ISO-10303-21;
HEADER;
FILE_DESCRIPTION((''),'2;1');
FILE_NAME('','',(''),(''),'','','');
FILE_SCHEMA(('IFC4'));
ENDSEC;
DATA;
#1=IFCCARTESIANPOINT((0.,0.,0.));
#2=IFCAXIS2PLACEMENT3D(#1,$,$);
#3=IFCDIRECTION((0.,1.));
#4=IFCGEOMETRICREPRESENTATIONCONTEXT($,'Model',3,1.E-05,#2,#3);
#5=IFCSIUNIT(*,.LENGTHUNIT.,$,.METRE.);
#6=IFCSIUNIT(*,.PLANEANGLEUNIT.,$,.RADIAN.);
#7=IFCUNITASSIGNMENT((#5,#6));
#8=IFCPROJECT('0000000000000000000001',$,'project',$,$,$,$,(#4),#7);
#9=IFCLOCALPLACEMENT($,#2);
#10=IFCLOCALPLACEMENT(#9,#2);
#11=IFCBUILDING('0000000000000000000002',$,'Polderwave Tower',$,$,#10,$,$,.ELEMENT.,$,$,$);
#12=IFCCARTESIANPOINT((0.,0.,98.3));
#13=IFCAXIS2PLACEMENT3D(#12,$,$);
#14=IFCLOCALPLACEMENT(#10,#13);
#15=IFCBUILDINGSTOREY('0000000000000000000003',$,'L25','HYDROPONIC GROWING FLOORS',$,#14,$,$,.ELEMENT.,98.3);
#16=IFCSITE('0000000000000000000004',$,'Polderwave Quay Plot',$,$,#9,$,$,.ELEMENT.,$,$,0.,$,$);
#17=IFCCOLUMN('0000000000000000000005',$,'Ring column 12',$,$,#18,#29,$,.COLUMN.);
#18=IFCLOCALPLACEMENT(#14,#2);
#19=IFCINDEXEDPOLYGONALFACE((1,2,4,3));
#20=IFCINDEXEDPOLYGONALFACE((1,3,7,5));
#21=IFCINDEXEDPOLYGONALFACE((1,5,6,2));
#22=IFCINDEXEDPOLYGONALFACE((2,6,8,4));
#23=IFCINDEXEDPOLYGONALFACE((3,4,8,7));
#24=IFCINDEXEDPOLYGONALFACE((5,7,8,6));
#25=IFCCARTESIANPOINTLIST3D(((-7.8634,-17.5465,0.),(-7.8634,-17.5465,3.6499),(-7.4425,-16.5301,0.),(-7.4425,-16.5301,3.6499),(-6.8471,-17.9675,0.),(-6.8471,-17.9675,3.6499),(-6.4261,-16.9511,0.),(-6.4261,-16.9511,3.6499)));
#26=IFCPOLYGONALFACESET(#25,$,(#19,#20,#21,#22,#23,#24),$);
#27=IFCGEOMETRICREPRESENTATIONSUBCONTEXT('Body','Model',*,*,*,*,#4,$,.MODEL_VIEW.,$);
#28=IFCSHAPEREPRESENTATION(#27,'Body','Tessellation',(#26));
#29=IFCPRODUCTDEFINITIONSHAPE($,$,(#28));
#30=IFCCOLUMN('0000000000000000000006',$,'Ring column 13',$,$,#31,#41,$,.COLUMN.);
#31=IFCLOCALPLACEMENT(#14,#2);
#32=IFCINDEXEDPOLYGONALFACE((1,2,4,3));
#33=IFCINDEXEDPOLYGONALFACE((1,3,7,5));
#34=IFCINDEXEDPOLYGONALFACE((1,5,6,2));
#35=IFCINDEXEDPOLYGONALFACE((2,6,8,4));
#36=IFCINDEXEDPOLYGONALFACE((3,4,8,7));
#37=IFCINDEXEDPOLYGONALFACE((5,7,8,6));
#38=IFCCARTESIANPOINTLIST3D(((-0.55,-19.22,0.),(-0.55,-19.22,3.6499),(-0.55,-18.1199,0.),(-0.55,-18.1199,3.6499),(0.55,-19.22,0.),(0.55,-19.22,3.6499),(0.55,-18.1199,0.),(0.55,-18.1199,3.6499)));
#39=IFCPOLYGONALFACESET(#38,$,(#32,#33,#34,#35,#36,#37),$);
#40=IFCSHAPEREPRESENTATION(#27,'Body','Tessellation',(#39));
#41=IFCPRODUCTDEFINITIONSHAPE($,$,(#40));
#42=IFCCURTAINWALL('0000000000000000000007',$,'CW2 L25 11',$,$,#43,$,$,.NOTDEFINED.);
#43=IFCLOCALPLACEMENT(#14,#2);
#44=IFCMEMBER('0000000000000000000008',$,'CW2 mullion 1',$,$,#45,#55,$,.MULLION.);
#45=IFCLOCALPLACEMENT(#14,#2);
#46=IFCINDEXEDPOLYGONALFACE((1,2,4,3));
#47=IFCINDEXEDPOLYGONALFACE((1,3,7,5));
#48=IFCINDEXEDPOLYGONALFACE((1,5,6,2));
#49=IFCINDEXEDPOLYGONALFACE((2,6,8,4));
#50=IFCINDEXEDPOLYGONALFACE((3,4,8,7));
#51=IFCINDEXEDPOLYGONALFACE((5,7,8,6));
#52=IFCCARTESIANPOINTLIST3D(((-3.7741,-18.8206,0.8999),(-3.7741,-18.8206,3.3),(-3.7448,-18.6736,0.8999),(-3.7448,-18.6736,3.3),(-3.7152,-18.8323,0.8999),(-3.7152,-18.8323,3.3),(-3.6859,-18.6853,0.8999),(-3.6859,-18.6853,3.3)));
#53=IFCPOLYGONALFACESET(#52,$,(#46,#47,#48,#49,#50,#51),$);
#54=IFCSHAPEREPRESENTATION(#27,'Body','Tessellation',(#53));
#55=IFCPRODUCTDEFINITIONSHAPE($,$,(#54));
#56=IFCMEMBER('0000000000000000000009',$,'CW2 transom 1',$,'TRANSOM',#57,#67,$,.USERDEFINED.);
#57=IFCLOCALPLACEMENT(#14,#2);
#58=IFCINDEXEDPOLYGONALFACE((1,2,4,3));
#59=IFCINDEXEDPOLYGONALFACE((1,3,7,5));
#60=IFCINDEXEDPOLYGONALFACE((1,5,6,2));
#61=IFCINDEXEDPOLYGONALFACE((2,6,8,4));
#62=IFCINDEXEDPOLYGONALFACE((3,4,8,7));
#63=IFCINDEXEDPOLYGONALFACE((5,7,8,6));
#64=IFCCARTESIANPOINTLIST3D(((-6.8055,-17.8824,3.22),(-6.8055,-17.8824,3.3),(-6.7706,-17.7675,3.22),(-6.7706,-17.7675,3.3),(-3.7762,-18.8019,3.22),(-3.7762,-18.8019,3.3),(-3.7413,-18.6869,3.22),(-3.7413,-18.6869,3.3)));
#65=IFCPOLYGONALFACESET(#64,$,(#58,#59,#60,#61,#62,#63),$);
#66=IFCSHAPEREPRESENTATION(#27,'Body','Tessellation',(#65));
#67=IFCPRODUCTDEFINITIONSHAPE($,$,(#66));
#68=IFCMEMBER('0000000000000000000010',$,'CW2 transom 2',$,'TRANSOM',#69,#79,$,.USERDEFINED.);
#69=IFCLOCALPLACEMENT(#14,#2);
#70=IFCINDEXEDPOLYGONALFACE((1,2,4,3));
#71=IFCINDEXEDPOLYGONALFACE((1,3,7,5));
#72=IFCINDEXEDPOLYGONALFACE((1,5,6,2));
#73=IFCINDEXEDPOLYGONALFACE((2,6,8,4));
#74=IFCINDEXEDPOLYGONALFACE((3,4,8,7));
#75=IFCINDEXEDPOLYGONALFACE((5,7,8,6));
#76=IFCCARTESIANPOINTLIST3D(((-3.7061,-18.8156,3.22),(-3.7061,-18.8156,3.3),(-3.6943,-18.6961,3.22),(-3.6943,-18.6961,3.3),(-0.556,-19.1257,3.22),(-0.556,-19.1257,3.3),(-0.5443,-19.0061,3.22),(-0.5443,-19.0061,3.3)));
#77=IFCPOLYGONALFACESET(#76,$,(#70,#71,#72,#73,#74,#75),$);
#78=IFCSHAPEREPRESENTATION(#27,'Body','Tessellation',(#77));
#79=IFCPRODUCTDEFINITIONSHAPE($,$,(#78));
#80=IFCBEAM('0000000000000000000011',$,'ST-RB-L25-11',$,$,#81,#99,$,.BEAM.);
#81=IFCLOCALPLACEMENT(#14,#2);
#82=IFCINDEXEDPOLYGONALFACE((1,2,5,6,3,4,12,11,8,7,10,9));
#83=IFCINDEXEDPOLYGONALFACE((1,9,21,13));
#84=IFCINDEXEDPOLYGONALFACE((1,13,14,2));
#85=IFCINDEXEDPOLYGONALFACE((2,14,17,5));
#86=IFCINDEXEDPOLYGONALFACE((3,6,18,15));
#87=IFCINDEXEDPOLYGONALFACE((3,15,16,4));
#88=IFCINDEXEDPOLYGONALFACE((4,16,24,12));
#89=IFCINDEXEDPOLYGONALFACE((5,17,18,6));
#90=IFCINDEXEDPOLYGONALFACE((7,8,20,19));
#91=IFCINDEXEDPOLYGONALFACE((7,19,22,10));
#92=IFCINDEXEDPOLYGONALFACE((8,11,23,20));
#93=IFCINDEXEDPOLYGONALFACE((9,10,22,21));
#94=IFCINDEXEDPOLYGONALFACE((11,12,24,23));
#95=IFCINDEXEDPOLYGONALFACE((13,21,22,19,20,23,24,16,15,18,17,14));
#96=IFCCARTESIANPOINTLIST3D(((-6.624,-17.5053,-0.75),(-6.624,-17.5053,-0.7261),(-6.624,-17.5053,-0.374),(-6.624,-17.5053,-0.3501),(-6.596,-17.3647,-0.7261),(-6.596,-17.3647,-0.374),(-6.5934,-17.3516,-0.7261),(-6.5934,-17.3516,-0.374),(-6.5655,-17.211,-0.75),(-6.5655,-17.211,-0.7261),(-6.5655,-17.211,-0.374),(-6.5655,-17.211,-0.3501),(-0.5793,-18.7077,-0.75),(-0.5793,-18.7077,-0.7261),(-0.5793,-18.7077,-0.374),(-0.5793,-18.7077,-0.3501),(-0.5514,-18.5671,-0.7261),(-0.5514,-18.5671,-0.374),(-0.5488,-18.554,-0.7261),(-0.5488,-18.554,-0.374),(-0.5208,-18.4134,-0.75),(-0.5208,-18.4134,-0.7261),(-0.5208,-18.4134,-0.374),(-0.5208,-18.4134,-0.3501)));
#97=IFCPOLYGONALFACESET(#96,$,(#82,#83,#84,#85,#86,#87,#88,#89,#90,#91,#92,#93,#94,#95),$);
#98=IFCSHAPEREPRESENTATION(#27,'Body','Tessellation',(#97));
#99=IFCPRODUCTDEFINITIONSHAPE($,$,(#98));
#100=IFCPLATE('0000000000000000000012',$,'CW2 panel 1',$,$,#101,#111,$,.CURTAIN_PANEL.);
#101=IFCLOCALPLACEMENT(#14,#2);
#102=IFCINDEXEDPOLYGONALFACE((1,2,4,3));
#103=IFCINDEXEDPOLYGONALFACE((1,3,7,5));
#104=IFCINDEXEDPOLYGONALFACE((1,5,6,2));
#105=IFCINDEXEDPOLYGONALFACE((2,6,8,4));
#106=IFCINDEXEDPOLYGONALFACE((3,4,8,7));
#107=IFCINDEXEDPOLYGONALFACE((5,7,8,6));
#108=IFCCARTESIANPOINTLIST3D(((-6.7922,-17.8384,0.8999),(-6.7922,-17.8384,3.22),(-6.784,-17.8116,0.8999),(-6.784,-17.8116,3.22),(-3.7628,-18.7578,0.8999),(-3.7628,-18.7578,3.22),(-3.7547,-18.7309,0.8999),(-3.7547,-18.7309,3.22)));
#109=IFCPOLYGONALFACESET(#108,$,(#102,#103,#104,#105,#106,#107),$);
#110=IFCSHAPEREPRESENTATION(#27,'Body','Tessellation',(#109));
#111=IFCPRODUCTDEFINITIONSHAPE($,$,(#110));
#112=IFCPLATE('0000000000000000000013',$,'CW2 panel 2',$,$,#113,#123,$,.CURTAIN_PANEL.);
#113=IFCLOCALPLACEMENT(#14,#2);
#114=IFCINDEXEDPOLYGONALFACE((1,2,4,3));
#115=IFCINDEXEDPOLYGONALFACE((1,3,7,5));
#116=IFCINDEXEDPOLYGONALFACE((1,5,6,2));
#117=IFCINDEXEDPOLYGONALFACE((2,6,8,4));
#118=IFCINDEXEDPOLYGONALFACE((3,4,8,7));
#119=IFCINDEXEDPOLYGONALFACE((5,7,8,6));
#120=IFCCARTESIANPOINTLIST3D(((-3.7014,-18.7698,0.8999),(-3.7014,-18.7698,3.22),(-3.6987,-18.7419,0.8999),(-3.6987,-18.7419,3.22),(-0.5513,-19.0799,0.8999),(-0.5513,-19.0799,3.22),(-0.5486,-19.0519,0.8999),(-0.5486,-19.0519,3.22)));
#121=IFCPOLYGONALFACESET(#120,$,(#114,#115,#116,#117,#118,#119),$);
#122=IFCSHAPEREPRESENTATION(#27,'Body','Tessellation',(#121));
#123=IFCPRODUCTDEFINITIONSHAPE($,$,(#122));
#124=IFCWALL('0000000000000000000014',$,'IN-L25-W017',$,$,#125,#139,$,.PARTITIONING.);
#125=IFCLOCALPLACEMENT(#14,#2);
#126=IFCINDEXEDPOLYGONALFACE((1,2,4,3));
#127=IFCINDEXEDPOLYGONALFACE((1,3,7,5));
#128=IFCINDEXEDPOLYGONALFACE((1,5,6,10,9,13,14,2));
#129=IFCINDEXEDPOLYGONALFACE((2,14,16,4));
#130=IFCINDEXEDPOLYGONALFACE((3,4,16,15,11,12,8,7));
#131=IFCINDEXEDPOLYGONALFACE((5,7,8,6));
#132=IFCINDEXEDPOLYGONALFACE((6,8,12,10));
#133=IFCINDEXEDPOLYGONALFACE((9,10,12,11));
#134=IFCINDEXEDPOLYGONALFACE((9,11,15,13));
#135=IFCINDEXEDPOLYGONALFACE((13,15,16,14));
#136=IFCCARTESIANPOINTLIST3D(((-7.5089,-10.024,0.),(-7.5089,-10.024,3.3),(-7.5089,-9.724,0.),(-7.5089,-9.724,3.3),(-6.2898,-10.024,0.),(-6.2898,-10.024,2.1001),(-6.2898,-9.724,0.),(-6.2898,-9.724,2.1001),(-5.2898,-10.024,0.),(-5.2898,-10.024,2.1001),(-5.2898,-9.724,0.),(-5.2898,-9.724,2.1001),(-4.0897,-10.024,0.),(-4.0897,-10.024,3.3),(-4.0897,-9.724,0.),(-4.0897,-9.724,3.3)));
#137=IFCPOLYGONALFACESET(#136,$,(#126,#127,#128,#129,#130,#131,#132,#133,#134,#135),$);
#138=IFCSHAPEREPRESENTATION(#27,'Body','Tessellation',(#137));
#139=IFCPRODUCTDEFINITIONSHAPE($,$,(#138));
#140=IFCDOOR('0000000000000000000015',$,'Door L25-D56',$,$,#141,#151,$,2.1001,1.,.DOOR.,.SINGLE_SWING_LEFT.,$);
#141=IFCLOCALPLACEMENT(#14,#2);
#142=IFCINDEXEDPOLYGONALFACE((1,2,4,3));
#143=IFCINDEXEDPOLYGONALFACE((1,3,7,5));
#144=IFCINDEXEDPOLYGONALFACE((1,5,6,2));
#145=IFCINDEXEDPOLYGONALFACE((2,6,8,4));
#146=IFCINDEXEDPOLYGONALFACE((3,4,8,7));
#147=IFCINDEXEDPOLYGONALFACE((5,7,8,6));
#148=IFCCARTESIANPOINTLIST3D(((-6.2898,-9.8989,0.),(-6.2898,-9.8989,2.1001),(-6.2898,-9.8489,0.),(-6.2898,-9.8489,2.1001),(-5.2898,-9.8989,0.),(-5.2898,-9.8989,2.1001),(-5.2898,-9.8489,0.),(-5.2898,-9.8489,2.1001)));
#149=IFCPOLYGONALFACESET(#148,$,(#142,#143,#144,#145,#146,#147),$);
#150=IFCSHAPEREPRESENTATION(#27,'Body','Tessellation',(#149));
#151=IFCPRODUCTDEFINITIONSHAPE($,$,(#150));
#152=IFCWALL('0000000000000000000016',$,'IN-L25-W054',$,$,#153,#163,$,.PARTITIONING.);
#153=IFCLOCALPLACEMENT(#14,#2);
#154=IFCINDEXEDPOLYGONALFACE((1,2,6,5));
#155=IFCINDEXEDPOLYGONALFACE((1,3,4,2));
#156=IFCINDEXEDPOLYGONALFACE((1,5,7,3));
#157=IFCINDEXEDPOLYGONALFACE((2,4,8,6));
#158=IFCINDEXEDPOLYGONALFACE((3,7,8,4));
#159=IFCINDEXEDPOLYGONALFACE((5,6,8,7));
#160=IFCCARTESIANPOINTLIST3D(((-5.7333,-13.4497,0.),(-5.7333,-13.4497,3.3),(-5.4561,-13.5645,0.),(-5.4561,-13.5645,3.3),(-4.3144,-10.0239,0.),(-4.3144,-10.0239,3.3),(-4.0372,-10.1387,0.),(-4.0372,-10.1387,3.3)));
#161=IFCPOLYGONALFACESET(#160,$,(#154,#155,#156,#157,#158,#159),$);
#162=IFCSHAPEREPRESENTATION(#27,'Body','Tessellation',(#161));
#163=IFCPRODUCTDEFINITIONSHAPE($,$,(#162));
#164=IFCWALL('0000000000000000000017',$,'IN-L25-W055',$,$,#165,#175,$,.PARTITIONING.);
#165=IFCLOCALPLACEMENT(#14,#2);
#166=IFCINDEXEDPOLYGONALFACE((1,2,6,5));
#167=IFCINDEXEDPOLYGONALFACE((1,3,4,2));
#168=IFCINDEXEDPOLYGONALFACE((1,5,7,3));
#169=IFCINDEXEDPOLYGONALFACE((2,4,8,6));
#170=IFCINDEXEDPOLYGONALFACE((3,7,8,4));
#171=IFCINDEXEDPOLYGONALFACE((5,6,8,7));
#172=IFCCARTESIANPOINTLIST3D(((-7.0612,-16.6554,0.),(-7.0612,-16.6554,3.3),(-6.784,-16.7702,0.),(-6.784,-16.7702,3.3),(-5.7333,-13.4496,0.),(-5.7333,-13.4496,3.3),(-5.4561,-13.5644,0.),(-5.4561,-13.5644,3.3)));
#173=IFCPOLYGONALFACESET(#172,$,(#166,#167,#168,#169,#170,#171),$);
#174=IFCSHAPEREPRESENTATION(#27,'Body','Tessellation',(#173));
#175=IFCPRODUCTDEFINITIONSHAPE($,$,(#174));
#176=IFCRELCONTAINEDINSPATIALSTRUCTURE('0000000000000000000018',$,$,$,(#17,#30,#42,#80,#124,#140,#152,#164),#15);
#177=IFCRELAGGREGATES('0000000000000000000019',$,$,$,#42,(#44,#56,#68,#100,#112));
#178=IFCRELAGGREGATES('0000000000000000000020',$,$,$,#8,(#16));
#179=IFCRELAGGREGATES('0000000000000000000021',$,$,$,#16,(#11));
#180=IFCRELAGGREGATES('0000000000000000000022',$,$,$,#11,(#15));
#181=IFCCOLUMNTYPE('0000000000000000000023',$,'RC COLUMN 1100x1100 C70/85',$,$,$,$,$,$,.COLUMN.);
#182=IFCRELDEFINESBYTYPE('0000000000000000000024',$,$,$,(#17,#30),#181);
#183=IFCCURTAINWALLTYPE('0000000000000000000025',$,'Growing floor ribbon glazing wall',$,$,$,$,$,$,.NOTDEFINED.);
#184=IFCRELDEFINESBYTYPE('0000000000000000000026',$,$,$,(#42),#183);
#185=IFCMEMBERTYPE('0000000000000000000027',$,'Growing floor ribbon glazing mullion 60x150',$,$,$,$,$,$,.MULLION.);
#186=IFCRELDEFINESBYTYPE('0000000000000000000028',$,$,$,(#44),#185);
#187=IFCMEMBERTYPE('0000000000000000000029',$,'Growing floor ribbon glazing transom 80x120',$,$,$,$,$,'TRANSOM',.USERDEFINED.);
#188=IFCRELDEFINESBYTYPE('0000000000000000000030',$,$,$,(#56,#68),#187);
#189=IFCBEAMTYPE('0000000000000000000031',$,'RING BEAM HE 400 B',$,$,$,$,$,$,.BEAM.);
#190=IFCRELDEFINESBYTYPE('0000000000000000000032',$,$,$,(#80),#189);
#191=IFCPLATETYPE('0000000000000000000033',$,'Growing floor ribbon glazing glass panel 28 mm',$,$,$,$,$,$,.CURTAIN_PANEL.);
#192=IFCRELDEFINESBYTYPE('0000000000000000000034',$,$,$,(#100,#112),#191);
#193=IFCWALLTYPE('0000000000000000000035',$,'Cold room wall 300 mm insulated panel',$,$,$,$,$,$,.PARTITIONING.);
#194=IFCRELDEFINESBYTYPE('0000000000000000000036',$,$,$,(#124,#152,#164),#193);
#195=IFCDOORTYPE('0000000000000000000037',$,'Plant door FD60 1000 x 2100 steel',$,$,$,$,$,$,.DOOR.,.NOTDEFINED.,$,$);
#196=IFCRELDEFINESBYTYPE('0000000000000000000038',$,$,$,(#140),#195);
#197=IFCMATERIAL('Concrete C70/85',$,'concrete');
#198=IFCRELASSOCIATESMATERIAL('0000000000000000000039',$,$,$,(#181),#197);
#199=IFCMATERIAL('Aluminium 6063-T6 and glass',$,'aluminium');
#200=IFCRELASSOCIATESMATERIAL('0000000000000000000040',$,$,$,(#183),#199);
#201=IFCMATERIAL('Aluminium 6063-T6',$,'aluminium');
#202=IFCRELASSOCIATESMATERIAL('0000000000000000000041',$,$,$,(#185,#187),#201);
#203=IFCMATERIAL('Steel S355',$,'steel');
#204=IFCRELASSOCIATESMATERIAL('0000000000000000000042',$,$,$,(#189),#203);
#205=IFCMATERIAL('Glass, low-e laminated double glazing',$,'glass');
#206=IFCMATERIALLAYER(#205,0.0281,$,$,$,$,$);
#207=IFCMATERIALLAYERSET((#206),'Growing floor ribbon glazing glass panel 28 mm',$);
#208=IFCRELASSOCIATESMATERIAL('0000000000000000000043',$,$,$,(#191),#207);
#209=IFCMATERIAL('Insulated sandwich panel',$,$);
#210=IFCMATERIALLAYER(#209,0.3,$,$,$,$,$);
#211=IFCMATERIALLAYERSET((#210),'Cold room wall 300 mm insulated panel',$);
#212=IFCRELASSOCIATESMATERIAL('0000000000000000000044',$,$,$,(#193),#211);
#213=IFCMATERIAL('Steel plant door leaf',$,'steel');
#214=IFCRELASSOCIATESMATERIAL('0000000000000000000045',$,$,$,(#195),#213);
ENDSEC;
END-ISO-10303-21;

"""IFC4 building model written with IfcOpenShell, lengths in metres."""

from ifc_helpers import new_model, si_unit, direction, frame, frame_2d, origin, origin_2d, place, context, subcontext, project, spatial, rectangle, i_section, extrude, material, layer, layer_set, material_profile, profile_set, type_object, element, fill, aggregate, save


model = new_model("IFC4")

# Units and contexts
model_context = context("Model", 3, precision=1e-05, world=origin(), true_north=direction((0.0, 1.0)))
body_context = subcontext(model_context, "Body", "Model", "MODEL_VIEW")
ifc_project = project(units=[si_unit("LENGTHUNIT", "METRE"), si_unit("PLANEANGLEUNIT", "RADIAN")], contexts=[model_context])

# Site, building, storey
site_placement = place(None, origin())
site = spatial("IfcSite", under=ifc_project, at=site_placement, Name="Polderwave Quay Plot", CompositionType="ELEMENT", RefElevation=0.0)
building_placement = place(site_placement, origin())
building = spatial("IfcBuilding", under=site, at=building_placement, Name="Polderwave Tower", CompositionType="ELEMENT")
storey_placement = place(building_placement, frame((0.0, 0.0, 98.3)))
storey = spatial("IfcBuildingStorey", under=building, at=storey_placement, Name="L25", Description="HYDROPONIC GROWING FLOORS", CompositionType="ELEMENT", Elevation=98.3)

# Columns
ifc_material_1 = material(Name="Concrete C70/85", Category="concrete")
ifc_material_profile_1 = material_profile(ifc_material_1, rectangle(XDim=1.1001, YDim=1.1001, at=origin_2d()), Name="RC 1100x1100")
ifc_profile_set_1 = profile_set([ifc_material_profile_1], Name="Concrete C70/85")
column_type = type_object("IfcColumnType", Name="RC COLUMN 1100x1100 C70/85", PredefinedType="COLUMN", material=ifc_profile_set_1)
for number, where, z_axis, x_axis, name in (
    (1, (-7.1448, -17.2488, 0.0), (0.0, 0.0, 1.0), (-0.382683, -0.92388, 0.0), "Ring column 12"),
    (2, (0.0, -18.6699, 0.0), (0.0, 0.0, 1.0), (0.0, -1.0, 0.0), "Ring column 13"),
):
    element("IfcColumn", number, at=place(storey_placement, frame(where, z_axis=z_axis, x_axis=x_axis)), inside=storey, type_object=column_type, Name=name, PredefinedType="COLUMN", context=body_context, shape_type="SweptSolid", body=[
        extrude(rectangle(XDim=1.1001, YDim=1.1001, at=origin_2d()), origin(), (0.0, 0.0, 1.0), 3.6499),
    ])

# Curtain wall, members
ifc_material_2 = material(Name="Aluminium 6063-T6 and glass", Category="aluminium")
curtain_wall_type = type_object("IfcCurtainWallType", Name="Growing floor ribbon glazing wall", PredefinedType="NOTDEFINED", material=ifc_material_2)
curtain_wall_placement = place(storey_placement, origin())
curtain_wall = element("IfcCurtainWall", 3, at=curtain_wall_placement, inside=storey, type_object=curtain_wall_type, Name="CW2 L25 11", PredefinedType="NOTDEFINED")
ifc_material_3 = material(Name="Aluminium 6063-T6", Category="aluminium")
ifc_material_profile_2 = material_profile(ifc_material_3, rectangle(XDim=0.1499, YDim=0.0601, at=origin_2d()), Name="AL 60x150")
ifc_profile_set_2 = profile_set([ifc_material_profile_2], Name="Aluminium 6063-T6")
member_type_1 = type_object("IfcMemberType", Name="Growing floor ribbon glazing mullion 60x150", PredefinedType="MULLION", material=ifc_profile_set_2)
member_1_placement = place(storey_placement, frame((-3.73, -18.7529, 0.8999), z_axis=(0.0, 0.0, 1.0), x_axis=(0.195113, 0.980781, 0.0)))
member_1 = element("IfcMember", 4, at=member_1_placement, type_object=member_type_1, Name="CW2 mullion 1", PredefinedType="MULLION", context=body_context, shape_type="SweptSolid", body=[
    extrude(rectangle(XDim=0.1499, YDim=0.0601, at=origin_2d()), origin(), (0.0, 0.0, 1.0), 2.4001),
])
ifc_material_profile_3 = material_profile(ifc_material_3, rectangle(XDim=0.1201, YDim=0.0801, at=origin_2d()), Name="AL 80x120")
ifc_profile_set_3 = profile_set([ifc_material_profile_3], Name="Aluminium 6063-T6")
member_type_2 = type_object("IfcMemberType", Name="Growing floor ribbon glazing transom 80x120", ElementType="TRANSOM", PredefinedType="USERDEFINED", material=ifc_profile_set_3)
member_2_placement = place(storey_placement, frame((-6.7881, -17.825, 3.26), z_axis=(0.956896, -0.290431, 0.0), x_axis=(0.290431, 0.956896, 0.0)))
member_2 = element("IfcMember", 5, at=member_2_placement, type_object=member_type_2, Name="CW2 transom 1", ObjectType="TRANSOM", PredefinedType="USERDEFINED", context=body_context, shape_type="SweptSolid", body=[
    extrude(rectangle(XDim=0.1201, YDim=0.0801, at=origin_2d()), origin(), (0.0, 0.0, 1.0), 3.1658),
])
member_3_placement = place(storey_placement, frame((-3.7002, -18.7559, 3.26), z_axis=(0.995191, -0.097953, 0.0), x_axis=(0.097953, 0.995191, 0.0)))
member_3 = element("IfcMember", 6, at=member_3_placement, type_object=member_type_2, Name="CW2 transom 2", ObjectType="TRANSOM", PredefinedType="USERDEFINED", context=body_context, shape_type="SweptSolid", body=[
    extrude(rectangle(XDim=0.1201, YDim=0.0801, at=origin_2d()), origin(), (0.0, 0.0, 1.0), 3.1653),
])

# Beam
ifc_material_4 = material(Name="Steel S355", Category="steel")
ifc_material_profile_4 = material_profile(ifc_material_4, i_section(OverallWidth=0.3, OverallDepth=0.3999, WebThickness=0.0134, FlangeThickness=0.0239, at=origin_2d()), Name="HE 400 B")
ifc_profile_set_4 = profile_set([ifc_material_profile_4], Name="Steel S355")
beam_type = type_object("IfcBeamType", Name="RING BEAM HE 400 B", PredefinedType="BEAM", material=ifc_profile_set_4)
beam_placement = place(storey_placement, frame((-6.5947, -17.3582, -0.55), z_axis=(0.980784, -0.195095, 0.0), x_axis=(0.195095, 0.980784, 0.0)))
element("IfcBeam", 7, at=beam_placement, inside=storey, type_object=beam_type, Name="ST-RB-L25-11", PredefinedType="BEAM", context=body_context, shape_type="SweptSolid", body=[
    extrude(i_section(OverallWidth=0.3, OverallDepth=0.3999, WebThickness=0.0134, FlangeThickness=0.0239, at=origin_2d()), origin(), (0.0, 0.0, 1.0), 6.1631),
])

# Plates
ifc_material_5 = material(Name="Glass, low-e laminated double glazing", Category="glass")
ifc_layer_1 = layer(ifc_material_5, 0.0281)
ifc_layer_set_1 = layer_set([ifc_layer_1], Name="Growing floor ribbon glazing glass panel 28 mm")
plate_type = type_object("IfcPlateType", Name="Growing floor ribbon glazing glass panel 28 mm", PredefinedType="CURTAIN_PANEL", material=ifc_layer_set_1)
plate_1_placement = place(storey_placement, frame((-5.2734, -18.2847, 0.8999), z_axis=(0.0, 0.0, 1.0), x_axis=(0.956908, -0.29039, 0.0)))
plate_1 = element("IfcPlate", 8, at=plate_1_placement, type_object=plate_type, Name="CW2 panel 1", PredefinedType="CURTAIN_PANEL", context=body_context, shape_type="SweptSolid", body=[
    extrude(rectangle(XDim=3.1658, YDim=0.0281, at=origin_2d()), origin(), (0.0, 0.0, 1.0), 2.3201),
])
plate_2_placement = place(storey_placement, frame((-2.125, -18.9109, 0.8999), z_axis=(0.0, 0.0, 1.0), x_axis=(0.995191, -0.097955, 0.0)))
plate_2 = element("IfcPlate", 9, at=plate_2_placement, type_object=plate_type, Name="CW2 panel 2", PredefinedType="CURTAIN_PANEL", context=body_context, shape_type="SweptSolid", body=[
    extrude(rectangle(XDim=3.1653, YDim=0.0281, at=origin_2d()), origin(), (0.0, 0.0, 1.0), 2.3201),
])
aggregate(curtain_wall, [member_1, member_2, member_3, plate_1, plate_2])

# Wall, opening, door
ifc_material_6 = material(Name="Insulated sandwich panel")
ifc_layer_2 = layer(ifc_material_6, 0.3)
ifc_layer_set_2 = layer_set([ifc_layer_2], Name="Cold room wall 300 mm insulated panel")
wall_type_1 = type_object("IfcWallType", Name="Cold room wall 300 mm insulated panel", PredefinedType="PARTITIONING", material=ifc_layer_set_2)
wall_1_placement = place(storey_placement, frame((-4.0898, -9.874, 0.0), z_axis=(0.0, 0.0, 1.0), x_axis=(-1.0, 0.0, 0.0)))
wall_1 = element("IfcWall", 10, at=wall_1_placement, inside=storey, type_object=wall_type_1, Name="IN-L25-W017", PredefinedType="PARTITIONING", context=body_context, shape_type="SweptSolid", body=[
    extrude(rectangle(XDim=3.4192, YDim=0.3, at=frame_2d((1.7095, 0.0))), origin(), (0.0, 0.0, 1.0), 3.3),
])
opening_1_placement = place(wall_1_placement, frame((1.2, 0.0, 0.0)))
opening_1 = element("IfcOpeningElement", 11, at=opening_1_placement, cuts=wall_1, PredefinedType="OPENING", context=body_context, shape_type="SweptSolid", body=[
    extrude(rectangle(XDim=1.0, YDim=2.1001, at=frame_2d((0.5, 1.05))), frame((0.0, 0.1599, 0.0), z_axis=(0.0, -1.0, 0.0), x_axis=(1.0, 0.0, 0.0)), (0.0, 0.0, 1.0), 0.3201),
])
ifc_material_7 = material(Name="Steel plant door leaf", Category="steel")
door_type_1 = type_object("IfcDoorType", Name="Plant door FD60 1000 x 2100 steel", OperationType="NOTDEFINED", PredefinedType="DOOR", material=ifc_material_7)
door_1_placement = place(opening_1_placement, origin())
door_1 = element("IfcDoor", 12, at=door_1_placement, inside=storey, type_object=door_type_1, Name="Door L25-D56", OperationType="SINGLE_SWING_LEFT", OverallHeight=2.1001, OverallWidth=1.0, PredefinedType="DOOR", context=body_context, shape_type="SweptSolid", body=[
    extrude(rectangle(XDim=1.0, YDim=2.1001, at=frame_2d((0.5, 1.05))), frame((0.0, 0.0249, 0.0), z_axis=(0.0, -1.0, 0.0), x_axis=(1.0, 0.0, 0.0)), (0.0, 0.0, 1.0), 0.05),
])
fill(opening_1, door_1)

# Walls
wall_2_placement = place(storey_placement, frame((-4.1758, -10.0813, 0.0), z_axis=(0.0, 0.0, 1.0), x_axis=(-0.38267, -0.923885, 0.0)))
element("IfcWall", 13, at=wall_2_placement, inside=storey, type_object=wall_type_1, Name="IN-L25-W054", PredefinedType="PARTITIONING", context=body_context, shape_type="SweptSolid", body=[
    extrude(rectangle(XDim=3.708, YDim=0.3, at=frame_2d((1.854, 0.0))), origin(), (0.0, 0.0, 1.0), 3.3),
])
wall_3_placement = place(storey_placement, frame((-5.5947, -13.5071, 0.0), z_axis=(0.0, 0.0, 1.0), x_axis=(-0.382681, -0.92388, 0.0)))
element("IfcWall", 14, at=wall_3_placement, inside=storey, type_object=wall_type_1, Name="IN-L25-W055", PredefinedType="PARTITIONING", context=body_context, shape_type="SweptSolid", body=[
    extrude(rectangle(XDim=3.47, YDim=0.3, at=frame_2d((1.7349, 0.0))), origin(), (0.0, 0.0, 1.0), 3.3),
])

save(model, "model.ifc")
